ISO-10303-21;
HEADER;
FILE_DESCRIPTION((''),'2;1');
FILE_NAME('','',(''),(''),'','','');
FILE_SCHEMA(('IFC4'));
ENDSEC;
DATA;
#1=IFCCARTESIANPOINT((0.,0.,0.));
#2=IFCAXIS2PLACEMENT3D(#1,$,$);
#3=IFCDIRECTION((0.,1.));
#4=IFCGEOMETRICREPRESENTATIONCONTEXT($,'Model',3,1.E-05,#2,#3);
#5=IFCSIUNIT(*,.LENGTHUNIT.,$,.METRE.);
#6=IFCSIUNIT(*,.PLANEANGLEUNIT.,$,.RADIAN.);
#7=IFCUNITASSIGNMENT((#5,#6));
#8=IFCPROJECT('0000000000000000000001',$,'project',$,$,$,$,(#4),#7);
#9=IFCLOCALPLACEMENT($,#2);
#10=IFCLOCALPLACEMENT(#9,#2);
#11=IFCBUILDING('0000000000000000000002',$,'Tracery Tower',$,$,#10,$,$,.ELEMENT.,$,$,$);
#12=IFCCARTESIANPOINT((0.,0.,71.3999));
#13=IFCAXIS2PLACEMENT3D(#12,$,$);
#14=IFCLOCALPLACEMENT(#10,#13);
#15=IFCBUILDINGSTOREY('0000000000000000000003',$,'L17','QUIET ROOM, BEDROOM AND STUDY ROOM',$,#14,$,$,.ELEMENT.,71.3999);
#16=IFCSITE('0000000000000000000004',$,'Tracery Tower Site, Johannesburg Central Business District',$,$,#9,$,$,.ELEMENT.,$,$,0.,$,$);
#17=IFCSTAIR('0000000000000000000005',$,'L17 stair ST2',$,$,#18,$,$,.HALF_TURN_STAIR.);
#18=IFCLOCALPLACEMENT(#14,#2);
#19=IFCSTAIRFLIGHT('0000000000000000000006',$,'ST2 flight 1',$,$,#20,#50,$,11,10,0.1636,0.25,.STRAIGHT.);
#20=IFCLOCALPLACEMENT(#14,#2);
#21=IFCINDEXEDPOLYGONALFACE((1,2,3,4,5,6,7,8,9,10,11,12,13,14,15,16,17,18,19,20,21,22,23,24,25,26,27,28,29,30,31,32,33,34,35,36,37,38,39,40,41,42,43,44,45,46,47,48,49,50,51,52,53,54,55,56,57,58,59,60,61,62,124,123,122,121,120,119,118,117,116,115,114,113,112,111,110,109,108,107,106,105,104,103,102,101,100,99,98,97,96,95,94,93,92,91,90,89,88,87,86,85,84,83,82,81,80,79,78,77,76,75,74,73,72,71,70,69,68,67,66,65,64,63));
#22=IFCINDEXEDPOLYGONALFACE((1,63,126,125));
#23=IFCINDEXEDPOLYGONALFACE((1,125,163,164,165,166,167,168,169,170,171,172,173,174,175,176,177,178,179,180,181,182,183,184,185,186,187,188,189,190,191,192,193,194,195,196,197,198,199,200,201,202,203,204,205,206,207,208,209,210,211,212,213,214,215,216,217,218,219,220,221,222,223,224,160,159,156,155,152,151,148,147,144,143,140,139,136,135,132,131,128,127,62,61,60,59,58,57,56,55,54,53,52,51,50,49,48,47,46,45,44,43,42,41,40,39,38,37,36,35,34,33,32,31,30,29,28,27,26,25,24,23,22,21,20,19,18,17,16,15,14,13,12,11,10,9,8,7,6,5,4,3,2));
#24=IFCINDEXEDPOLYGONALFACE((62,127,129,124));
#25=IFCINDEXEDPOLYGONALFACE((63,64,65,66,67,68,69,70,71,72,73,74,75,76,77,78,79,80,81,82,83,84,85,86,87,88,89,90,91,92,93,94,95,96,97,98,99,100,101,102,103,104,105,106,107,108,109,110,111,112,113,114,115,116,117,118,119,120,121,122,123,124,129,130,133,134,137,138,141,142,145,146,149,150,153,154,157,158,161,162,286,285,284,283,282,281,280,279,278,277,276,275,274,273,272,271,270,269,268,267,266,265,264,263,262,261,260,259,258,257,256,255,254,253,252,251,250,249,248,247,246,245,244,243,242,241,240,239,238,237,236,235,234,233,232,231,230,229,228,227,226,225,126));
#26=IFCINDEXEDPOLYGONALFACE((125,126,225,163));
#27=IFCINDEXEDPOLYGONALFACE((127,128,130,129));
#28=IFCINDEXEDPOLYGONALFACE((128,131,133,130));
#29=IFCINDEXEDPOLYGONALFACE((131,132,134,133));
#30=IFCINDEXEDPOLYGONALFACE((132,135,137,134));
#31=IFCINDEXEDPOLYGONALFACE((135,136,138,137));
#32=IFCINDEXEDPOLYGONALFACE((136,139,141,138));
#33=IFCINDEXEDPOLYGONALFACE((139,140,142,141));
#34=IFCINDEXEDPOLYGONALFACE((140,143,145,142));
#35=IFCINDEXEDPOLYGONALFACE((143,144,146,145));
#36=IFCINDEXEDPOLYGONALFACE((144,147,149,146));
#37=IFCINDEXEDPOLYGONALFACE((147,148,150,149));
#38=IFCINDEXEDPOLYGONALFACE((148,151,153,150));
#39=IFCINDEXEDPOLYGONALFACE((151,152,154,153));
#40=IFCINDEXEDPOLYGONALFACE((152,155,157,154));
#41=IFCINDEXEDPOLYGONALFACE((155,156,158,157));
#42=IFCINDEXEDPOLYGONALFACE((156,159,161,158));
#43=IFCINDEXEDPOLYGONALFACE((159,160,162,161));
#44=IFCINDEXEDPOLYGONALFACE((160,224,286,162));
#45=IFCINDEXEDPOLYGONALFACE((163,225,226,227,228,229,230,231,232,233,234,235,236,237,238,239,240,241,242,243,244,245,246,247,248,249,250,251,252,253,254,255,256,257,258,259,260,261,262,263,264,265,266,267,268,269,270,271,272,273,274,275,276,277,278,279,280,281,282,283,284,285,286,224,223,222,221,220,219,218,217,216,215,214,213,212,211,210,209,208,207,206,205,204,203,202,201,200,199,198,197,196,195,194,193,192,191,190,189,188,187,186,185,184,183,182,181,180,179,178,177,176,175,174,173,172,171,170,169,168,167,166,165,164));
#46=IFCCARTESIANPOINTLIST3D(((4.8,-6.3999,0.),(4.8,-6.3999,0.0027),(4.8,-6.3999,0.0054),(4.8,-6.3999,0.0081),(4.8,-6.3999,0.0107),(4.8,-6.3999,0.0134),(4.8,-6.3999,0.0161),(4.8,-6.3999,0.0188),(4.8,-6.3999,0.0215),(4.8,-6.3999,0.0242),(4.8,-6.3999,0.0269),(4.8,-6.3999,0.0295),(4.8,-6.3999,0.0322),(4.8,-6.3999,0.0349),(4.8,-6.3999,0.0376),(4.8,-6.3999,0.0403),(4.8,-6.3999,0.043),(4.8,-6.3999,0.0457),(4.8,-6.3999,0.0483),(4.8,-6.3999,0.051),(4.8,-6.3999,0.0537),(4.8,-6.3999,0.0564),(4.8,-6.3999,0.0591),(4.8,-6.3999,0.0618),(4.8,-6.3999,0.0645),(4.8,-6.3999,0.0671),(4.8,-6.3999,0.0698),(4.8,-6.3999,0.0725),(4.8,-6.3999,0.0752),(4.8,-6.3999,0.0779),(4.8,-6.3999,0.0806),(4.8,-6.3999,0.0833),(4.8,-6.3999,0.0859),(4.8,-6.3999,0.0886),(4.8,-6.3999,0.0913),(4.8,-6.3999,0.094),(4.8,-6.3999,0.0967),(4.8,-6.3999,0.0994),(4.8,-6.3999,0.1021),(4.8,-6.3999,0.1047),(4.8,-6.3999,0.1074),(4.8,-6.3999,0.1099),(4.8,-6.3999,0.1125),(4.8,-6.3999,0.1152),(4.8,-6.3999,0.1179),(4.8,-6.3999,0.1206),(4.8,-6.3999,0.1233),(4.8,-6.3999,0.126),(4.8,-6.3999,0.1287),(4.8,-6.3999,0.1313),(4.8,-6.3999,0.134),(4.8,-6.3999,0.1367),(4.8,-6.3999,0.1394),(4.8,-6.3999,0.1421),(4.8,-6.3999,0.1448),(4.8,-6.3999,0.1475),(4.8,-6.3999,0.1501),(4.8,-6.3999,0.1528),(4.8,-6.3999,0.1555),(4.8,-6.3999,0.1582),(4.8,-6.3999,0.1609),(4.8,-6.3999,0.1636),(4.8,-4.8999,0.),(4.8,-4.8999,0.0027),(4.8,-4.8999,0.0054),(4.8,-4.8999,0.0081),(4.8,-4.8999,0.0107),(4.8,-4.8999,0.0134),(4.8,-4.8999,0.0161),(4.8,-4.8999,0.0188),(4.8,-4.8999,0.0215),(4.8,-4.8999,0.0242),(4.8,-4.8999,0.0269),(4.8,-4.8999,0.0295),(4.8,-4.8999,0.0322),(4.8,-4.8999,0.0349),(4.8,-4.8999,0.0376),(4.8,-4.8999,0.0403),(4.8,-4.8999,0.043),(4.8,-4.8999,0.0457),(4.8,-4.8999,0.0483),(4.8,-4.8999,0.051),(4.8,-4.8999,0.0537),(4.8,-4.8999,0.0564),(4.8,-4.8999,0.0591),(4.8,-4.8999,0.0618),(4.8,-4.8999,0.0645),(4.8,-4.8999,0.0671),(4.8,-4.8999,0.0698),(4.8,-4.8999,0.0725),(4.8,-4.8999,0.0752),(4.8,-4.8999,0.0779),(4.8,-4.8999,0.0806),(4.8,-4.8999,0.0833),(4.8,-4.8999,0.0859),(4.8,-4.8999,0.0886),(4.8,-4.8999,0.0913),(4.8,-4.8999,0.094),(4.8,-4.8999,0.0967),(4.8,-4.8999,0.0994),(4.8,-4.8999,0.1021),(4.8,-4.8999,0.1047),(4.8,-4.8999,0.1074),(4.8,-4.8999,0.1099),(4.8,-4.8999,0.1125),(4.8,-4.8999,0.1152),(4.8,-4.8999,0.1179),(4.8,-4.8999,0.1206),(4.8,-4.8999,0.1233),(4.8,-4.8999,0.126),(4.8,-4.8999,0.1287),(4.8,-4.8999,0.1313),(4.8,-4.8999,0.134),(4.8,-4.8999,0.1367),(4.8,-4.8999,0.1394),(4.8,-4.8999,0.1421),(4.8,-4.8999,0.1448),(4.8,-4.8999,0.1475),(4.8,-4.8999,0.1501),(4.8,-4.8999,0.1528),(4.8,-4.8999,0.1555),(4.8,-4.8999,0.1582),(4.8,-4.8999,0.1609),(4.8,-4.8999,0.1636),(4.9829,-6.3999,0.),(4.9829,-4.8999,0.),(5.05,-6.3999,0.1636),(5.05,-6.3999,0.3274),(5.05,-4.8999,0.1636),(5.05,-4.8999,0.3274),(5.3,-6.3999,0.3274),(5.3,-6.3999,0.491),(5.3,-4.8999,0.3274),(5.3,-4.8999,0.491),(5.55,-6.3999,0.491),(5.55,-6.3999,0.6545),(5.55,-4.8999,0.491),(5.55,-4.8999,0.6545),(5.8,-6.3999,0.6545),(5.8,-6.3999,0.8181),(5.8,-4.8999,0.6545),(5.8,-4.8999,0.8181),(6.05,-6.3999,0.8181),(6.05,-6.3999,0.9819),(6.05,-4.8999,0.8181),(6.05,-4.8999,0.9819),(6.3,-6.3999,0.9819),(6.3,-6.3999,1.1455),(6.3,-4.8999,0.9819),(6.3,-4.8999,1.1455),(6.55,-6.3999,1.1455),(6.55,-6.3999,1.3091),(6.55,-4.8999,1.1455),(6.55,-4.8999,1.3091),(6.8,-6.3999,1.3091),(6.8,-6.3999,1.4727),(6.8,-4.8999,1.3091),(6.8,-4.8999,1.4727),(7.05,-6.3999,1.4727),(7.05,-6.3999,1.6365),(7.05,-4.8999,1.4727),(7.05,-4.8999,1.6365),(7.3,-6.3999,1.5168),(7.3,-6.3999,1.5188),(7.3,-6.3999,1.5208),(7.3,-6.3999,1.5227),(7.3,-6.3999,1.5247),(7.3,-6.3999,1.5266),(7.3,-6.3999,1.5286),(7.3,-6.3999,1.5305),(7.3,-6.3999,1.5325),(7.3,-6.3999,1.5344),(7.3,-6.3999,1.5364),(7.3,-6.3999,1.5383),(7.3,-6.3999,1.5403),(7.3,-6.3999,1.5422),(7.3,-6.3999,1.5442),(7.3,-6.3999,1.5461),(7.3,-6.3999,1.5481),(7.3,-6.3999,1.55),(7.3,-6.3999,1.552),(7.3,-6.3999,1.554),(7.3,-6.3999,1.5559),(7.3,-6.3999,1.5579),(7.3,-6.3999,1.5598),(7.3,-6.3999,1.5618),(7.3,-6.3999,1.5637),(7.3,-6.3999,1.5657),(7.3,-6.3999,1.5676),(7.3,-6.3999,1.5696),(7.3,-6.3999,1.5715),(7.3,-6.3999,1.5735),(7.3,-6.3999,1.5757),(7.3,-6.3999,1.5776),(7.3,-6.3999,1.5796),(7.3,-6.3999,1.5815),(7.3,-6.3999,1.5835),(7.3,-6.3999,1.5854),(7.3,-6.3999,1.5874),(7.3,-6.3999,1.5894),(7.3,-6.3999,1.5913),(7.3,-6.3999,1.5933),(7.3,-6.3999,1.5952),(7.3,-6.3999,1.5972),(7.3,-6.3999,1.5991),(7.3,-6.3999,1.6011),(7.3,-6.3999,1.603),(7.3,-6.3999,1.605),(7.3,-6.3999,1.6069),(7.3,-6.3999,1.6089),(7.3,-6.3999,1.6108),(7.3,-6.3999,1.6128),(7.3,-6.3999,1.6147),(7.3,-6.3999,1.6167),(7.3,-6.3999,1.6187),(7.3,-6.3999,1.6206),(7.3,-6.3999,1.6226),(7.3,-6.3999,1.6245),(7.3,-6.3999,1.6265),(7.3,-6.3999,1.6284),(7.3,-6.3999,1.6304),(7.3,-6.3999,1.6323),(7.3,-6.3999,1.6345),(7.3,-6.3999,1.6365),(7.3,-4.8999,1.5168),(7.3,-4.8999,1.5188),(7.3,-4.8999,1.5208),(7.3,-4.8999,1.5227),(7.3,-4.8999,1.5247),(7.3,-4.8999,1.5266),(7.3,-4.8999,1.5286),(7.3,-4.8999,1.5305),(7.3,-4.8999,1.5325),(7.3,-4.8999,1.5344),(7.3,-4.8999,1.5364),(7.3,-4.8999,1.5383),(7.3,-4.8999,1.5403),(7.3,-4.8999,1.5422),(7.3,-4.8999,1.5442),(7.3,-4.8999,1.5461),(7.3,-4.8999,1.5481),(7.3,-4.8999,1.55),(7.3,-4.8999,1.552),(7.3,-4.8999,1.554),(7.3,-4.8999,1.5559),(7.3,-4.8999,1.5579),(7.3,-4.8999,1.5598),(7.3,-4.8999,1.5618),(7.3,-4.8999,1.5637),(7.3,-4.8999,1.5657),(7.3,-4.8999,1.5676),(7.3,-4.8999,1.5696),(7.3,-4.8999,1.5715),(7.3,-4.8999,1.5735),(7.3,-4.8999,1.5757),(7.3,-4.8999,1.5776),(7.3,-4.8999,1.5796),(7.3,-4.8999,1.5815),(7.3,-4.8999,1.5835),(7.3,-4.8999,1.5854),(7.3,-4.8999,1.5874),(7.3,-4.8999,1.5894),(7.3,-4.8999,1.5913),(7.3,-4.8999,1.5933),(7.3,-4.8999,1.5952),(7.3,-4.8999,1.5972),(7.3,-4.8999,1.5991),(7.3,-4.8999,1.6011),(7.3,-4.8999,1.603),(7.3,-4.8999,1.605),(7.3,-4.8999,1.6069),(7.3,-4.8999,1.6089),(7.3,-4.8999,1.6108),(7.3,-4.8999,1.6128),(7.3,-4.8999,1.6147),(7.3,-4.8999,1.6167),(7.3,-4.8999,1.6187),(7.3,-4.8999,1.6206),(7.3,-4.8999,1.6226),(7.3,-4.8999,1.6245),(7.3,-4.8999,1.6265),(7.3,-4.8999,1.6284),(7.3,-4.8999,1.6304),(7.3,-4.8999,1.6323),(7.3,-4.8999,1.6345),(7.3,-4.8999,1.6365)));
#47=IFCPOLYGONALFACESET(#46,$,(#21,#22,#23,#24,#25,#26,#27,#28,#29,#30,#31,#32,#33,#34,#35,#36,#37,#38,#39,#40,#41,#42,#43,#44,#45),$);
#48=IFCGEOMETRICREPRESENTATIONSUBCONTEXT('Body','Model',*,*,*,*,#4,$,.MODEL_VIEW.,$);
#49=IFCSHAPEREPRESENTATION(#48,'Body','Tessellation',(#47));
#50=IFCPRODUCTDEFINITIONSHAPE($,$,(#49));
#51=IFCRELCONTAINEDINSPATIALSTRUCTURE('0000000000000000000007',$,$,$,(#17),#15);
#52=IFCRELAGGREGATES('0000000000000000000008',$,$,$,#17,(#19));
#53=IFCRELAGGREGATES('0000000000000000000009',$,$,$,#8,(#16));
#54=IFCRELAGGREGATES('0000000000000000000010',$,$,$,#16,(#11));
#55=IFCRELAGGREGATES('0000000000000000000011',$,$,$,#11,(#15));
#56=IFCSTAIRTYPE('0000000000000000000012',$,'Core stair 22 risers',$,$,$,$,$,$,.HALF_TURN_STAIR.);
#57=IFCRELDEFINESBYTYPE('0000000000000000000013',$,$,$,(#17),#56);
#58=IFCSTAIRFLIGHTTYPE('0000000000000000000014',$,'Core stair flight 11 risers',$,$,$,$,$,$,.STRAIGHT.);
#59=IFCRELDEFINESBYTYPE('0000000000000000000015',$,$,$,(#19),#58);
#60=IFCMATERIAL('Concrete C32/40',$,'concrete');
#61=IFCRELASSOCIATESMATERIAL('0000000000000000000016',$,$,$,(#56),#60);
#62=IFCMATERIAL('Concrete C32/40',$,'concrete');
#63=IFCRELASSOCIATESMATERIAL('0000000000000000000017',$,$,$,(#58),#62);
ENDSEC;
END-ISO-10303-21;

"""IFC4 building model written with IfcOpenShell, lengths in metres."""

from ifc_helpers import new_model, si_unit, direction, frame, origin, place, context, subcontext, project, spatial, polyline, outline, extrude, material, type_object, element, aggregate, save


model = new_model("IFC4")

# Units and contexts
model_context = context("Model", 3, precision=1e-05, world=origin(), true_north=direction((0.0, 1.0)))
body_context = subcontext(model_context, "Body", "Model", "MODEL_VIEW")
ifc_project = project(units=[si_unit("LENGTHUNIT", "METRE"), si_unit("PLANEANGLEUNIT", "RADIAN")], contexts=[model_context])

# Site, building, storey
site_placement = place(None, origin())
site = spatial("IfcSite", under=ifc_project, at=site_placement, Name="Tracery Tower Site, Johannesburg Central Business District", CompositionType="ELEMENT", RefElevation=0.0)
building_placement = place(site_placement, origin())
building = spatial("IfcBuilding", under=site, at=building_placement, Name="Tracery Tower", CompositionType="ELEMENT")
storey_placement = place(building_placement, frame((0.0, 0.0, 71.3999)))
storey = spatial("IfcBuildingStorey", under=building, at=storey_placement, Name="L17", Description="QUIET ROOM, BEDROOM AND STUDY ROOM", CompositionType="ELEMENT", Elevation=71.3999)

# Stair, stair flight
ifc_material_1 = material(Name="Concrete C32/40", Category="concrete")
stair_type = type_object("IfcStairType", Name="Core stair 22 risers", PredefinedType="HALF_TURN_STAIR", material=ifc_material_1)
stair_placement = place(storey_placement, origin())
stair = element("IfcStair", 1, at=stair_placement, inside=storey, type_object=stair_type, Name="L17 stair ST2", PredefinedType="HALF_TURN_STAIR")
ifc_material_2 = material(Name="Concrete C32/40", Category="concrete")
stair_flight_type = type_object("IfcStairFlightType", Name="Core stair flight 11 risers", PredefinedType="STRAIGHT", material=ifc_material_2)
stair_flight_1_placement = place(storey_placement, frame((4.8, -5.6499, 0.0), z_axis=(0.0, 0.0, 1.0), x_axis=(1.0, 0.0, 0.0)))
stair_flight_1 = element("IfcStairFlight", 2, at=stair_flight_1_placement, type_object=stair_flight_type, Name="ST2 flight 1", NumberOfRisers=11, NumberOfTreads=10, PredefinedType="STRAIGHT", RiserHeight=0.1636, TreadLength=0.25, context=body_context, shape_type="SweptSolid", body=[
    extrude(outline(polyline([(0.0, 0.0), (0.0, 0.0027), (0.0, 0.0054), (0.0, 0.0081), (0.0, 0.0107), (0.0, 0.0134), (0.0, 0.0161), (0.0, 0.0188), (0.0, 0.0215), (0.0, 0.0242), (0.0, 0.0269), (0.0, 0.0295), (0.0, 0.0322), (0.0, 0.0349), (0.0, 0.0376), (0.0, 0.0403), (0.0, 0.043), (0.0, 0.0457), (0.0, 0.0483), (0.0, 0.051), (0.0, 0.0537), (0.0, 0.0564), (0.0, 0.0591), (0.0, 0.0618), (0.0, 0.0645), (0.0, 0.0671), (0.0, 0.0698), (0.0, 0.0725), (0.0, 0.0752), (0.0, 0.0779), (0.0, 0.0806), (0.0, 0.0833), (0.0, 0.0859), (0.0, 0.0886), (0.0, 0.0913), (0.0, 0.094), (0.0, 0.0967), (0.0, 0.0994), (0.0, 0.1021), (0.0, 0.1047), (0.0, 0.1074), (0.0, 0.1099), (0.0, 0.1125), (0.0, 0.1152), (0.0, 0.1179), (0.0, 0.1206), (0.0, 0.1233), (0.0, 0.126), (0.0, 0.1287), (0.0, 0.1313), (0.0, 0.134), (0.0, 0.1367), (0.0, 0.1394), (0.0, 0.1421), (0.0, 0.1448), (0.0, 0.1475), (0.0, 0.1501), (0.0, 0.1528), (0.0, 0.1555), (0.0, 0.1582), (0.0, 0.1609), (0.0, 0.1636), (0.25, 0.1636), (0.25, 0.3274), (0.5, 0.3274), (0.5, 0.491), (0.75, 0.491), (0.75, 0.6545), (1.0, 0.6545), (1.0, 0.8181), (1.25, 0.8181), (1.25, 0.9819), (1.5, 0.9819), (1.5, 1.1455), (1.75, 1.1455), (1.75, 1.3091), (2.0, 1.3091), (2.0, 1.4727), (2.25, 1.4727), (2.25, 1.6365), (2.5, 1.6365), (2.5, 1.6345), (2.5, 1.6323), (2.5, 1.6304), (2.5, 1.6284), (2.5, 1.6265), (2.5, 1.6245), (2.5, 1.6226), (2.5, 1.6206), (2.5, 1.6187), (2.5, 1.6167), (2.5, 1.6147), (2.5, 1.6128), (2.5, 1.6108), (2.5, 1.6089), (2.5, 1.6069), (2.5, 1.605), (2.5, 1.603), (2.5, 1.6011), (2.5, 1.5991), (2.5, 1.5972), (2.5, 1.5952), (2.5, 1.5933), (2.5, 1.5913), (2.5, 1.5894), (2.5, 1.5874), (2.5, 1.5854), (2.5, 1.5835), (2.5, 1.5815), (2.5, 1.5796), (2.5, 1.5776), (2.5, 1.5757), (2.5, 1.5735), (2.5, 1.5715), (2.5, 1.5696), (2.5, 1.5676), (2.5, 1.5657), (2.5, 1.5637), (2.5, 1.5618), (2.5, 1.5598), (2.5, 1.5579), (2.5, 1.5559), (2.5, 1.554), (2.5, 1.552), (2.5, 1.55), (2.5, 1.5481), (2.5, 1.5461), (2.5, 1.5442), (2.5, 1.5422), (2.5, 1.5403), (2.5, 1.5383), (2.5, 1.5364), (2.5, 1.5344), (2.5, 1.5325), (2.5, 1.5305), (2.5, 1.5286), (2.5, 1.5266), (2.5, 1.5247), (2.5, 1.5227), (2.5, 1.5208), (2.5, 1.5188), (2.5, 1.5168), (0.1829, 0.0), (0.0, 0.0)])), frame((0.0, 0.75, 0.0), z_axis=(0.0, -1.0, 0.0), x_axis=(1.0, 0.0, 0.0)), (0.0, 0.0, 1.0), 1.5),
])
aggregate(stair, [stair_flight_1])

save(model, "model.ifc")
